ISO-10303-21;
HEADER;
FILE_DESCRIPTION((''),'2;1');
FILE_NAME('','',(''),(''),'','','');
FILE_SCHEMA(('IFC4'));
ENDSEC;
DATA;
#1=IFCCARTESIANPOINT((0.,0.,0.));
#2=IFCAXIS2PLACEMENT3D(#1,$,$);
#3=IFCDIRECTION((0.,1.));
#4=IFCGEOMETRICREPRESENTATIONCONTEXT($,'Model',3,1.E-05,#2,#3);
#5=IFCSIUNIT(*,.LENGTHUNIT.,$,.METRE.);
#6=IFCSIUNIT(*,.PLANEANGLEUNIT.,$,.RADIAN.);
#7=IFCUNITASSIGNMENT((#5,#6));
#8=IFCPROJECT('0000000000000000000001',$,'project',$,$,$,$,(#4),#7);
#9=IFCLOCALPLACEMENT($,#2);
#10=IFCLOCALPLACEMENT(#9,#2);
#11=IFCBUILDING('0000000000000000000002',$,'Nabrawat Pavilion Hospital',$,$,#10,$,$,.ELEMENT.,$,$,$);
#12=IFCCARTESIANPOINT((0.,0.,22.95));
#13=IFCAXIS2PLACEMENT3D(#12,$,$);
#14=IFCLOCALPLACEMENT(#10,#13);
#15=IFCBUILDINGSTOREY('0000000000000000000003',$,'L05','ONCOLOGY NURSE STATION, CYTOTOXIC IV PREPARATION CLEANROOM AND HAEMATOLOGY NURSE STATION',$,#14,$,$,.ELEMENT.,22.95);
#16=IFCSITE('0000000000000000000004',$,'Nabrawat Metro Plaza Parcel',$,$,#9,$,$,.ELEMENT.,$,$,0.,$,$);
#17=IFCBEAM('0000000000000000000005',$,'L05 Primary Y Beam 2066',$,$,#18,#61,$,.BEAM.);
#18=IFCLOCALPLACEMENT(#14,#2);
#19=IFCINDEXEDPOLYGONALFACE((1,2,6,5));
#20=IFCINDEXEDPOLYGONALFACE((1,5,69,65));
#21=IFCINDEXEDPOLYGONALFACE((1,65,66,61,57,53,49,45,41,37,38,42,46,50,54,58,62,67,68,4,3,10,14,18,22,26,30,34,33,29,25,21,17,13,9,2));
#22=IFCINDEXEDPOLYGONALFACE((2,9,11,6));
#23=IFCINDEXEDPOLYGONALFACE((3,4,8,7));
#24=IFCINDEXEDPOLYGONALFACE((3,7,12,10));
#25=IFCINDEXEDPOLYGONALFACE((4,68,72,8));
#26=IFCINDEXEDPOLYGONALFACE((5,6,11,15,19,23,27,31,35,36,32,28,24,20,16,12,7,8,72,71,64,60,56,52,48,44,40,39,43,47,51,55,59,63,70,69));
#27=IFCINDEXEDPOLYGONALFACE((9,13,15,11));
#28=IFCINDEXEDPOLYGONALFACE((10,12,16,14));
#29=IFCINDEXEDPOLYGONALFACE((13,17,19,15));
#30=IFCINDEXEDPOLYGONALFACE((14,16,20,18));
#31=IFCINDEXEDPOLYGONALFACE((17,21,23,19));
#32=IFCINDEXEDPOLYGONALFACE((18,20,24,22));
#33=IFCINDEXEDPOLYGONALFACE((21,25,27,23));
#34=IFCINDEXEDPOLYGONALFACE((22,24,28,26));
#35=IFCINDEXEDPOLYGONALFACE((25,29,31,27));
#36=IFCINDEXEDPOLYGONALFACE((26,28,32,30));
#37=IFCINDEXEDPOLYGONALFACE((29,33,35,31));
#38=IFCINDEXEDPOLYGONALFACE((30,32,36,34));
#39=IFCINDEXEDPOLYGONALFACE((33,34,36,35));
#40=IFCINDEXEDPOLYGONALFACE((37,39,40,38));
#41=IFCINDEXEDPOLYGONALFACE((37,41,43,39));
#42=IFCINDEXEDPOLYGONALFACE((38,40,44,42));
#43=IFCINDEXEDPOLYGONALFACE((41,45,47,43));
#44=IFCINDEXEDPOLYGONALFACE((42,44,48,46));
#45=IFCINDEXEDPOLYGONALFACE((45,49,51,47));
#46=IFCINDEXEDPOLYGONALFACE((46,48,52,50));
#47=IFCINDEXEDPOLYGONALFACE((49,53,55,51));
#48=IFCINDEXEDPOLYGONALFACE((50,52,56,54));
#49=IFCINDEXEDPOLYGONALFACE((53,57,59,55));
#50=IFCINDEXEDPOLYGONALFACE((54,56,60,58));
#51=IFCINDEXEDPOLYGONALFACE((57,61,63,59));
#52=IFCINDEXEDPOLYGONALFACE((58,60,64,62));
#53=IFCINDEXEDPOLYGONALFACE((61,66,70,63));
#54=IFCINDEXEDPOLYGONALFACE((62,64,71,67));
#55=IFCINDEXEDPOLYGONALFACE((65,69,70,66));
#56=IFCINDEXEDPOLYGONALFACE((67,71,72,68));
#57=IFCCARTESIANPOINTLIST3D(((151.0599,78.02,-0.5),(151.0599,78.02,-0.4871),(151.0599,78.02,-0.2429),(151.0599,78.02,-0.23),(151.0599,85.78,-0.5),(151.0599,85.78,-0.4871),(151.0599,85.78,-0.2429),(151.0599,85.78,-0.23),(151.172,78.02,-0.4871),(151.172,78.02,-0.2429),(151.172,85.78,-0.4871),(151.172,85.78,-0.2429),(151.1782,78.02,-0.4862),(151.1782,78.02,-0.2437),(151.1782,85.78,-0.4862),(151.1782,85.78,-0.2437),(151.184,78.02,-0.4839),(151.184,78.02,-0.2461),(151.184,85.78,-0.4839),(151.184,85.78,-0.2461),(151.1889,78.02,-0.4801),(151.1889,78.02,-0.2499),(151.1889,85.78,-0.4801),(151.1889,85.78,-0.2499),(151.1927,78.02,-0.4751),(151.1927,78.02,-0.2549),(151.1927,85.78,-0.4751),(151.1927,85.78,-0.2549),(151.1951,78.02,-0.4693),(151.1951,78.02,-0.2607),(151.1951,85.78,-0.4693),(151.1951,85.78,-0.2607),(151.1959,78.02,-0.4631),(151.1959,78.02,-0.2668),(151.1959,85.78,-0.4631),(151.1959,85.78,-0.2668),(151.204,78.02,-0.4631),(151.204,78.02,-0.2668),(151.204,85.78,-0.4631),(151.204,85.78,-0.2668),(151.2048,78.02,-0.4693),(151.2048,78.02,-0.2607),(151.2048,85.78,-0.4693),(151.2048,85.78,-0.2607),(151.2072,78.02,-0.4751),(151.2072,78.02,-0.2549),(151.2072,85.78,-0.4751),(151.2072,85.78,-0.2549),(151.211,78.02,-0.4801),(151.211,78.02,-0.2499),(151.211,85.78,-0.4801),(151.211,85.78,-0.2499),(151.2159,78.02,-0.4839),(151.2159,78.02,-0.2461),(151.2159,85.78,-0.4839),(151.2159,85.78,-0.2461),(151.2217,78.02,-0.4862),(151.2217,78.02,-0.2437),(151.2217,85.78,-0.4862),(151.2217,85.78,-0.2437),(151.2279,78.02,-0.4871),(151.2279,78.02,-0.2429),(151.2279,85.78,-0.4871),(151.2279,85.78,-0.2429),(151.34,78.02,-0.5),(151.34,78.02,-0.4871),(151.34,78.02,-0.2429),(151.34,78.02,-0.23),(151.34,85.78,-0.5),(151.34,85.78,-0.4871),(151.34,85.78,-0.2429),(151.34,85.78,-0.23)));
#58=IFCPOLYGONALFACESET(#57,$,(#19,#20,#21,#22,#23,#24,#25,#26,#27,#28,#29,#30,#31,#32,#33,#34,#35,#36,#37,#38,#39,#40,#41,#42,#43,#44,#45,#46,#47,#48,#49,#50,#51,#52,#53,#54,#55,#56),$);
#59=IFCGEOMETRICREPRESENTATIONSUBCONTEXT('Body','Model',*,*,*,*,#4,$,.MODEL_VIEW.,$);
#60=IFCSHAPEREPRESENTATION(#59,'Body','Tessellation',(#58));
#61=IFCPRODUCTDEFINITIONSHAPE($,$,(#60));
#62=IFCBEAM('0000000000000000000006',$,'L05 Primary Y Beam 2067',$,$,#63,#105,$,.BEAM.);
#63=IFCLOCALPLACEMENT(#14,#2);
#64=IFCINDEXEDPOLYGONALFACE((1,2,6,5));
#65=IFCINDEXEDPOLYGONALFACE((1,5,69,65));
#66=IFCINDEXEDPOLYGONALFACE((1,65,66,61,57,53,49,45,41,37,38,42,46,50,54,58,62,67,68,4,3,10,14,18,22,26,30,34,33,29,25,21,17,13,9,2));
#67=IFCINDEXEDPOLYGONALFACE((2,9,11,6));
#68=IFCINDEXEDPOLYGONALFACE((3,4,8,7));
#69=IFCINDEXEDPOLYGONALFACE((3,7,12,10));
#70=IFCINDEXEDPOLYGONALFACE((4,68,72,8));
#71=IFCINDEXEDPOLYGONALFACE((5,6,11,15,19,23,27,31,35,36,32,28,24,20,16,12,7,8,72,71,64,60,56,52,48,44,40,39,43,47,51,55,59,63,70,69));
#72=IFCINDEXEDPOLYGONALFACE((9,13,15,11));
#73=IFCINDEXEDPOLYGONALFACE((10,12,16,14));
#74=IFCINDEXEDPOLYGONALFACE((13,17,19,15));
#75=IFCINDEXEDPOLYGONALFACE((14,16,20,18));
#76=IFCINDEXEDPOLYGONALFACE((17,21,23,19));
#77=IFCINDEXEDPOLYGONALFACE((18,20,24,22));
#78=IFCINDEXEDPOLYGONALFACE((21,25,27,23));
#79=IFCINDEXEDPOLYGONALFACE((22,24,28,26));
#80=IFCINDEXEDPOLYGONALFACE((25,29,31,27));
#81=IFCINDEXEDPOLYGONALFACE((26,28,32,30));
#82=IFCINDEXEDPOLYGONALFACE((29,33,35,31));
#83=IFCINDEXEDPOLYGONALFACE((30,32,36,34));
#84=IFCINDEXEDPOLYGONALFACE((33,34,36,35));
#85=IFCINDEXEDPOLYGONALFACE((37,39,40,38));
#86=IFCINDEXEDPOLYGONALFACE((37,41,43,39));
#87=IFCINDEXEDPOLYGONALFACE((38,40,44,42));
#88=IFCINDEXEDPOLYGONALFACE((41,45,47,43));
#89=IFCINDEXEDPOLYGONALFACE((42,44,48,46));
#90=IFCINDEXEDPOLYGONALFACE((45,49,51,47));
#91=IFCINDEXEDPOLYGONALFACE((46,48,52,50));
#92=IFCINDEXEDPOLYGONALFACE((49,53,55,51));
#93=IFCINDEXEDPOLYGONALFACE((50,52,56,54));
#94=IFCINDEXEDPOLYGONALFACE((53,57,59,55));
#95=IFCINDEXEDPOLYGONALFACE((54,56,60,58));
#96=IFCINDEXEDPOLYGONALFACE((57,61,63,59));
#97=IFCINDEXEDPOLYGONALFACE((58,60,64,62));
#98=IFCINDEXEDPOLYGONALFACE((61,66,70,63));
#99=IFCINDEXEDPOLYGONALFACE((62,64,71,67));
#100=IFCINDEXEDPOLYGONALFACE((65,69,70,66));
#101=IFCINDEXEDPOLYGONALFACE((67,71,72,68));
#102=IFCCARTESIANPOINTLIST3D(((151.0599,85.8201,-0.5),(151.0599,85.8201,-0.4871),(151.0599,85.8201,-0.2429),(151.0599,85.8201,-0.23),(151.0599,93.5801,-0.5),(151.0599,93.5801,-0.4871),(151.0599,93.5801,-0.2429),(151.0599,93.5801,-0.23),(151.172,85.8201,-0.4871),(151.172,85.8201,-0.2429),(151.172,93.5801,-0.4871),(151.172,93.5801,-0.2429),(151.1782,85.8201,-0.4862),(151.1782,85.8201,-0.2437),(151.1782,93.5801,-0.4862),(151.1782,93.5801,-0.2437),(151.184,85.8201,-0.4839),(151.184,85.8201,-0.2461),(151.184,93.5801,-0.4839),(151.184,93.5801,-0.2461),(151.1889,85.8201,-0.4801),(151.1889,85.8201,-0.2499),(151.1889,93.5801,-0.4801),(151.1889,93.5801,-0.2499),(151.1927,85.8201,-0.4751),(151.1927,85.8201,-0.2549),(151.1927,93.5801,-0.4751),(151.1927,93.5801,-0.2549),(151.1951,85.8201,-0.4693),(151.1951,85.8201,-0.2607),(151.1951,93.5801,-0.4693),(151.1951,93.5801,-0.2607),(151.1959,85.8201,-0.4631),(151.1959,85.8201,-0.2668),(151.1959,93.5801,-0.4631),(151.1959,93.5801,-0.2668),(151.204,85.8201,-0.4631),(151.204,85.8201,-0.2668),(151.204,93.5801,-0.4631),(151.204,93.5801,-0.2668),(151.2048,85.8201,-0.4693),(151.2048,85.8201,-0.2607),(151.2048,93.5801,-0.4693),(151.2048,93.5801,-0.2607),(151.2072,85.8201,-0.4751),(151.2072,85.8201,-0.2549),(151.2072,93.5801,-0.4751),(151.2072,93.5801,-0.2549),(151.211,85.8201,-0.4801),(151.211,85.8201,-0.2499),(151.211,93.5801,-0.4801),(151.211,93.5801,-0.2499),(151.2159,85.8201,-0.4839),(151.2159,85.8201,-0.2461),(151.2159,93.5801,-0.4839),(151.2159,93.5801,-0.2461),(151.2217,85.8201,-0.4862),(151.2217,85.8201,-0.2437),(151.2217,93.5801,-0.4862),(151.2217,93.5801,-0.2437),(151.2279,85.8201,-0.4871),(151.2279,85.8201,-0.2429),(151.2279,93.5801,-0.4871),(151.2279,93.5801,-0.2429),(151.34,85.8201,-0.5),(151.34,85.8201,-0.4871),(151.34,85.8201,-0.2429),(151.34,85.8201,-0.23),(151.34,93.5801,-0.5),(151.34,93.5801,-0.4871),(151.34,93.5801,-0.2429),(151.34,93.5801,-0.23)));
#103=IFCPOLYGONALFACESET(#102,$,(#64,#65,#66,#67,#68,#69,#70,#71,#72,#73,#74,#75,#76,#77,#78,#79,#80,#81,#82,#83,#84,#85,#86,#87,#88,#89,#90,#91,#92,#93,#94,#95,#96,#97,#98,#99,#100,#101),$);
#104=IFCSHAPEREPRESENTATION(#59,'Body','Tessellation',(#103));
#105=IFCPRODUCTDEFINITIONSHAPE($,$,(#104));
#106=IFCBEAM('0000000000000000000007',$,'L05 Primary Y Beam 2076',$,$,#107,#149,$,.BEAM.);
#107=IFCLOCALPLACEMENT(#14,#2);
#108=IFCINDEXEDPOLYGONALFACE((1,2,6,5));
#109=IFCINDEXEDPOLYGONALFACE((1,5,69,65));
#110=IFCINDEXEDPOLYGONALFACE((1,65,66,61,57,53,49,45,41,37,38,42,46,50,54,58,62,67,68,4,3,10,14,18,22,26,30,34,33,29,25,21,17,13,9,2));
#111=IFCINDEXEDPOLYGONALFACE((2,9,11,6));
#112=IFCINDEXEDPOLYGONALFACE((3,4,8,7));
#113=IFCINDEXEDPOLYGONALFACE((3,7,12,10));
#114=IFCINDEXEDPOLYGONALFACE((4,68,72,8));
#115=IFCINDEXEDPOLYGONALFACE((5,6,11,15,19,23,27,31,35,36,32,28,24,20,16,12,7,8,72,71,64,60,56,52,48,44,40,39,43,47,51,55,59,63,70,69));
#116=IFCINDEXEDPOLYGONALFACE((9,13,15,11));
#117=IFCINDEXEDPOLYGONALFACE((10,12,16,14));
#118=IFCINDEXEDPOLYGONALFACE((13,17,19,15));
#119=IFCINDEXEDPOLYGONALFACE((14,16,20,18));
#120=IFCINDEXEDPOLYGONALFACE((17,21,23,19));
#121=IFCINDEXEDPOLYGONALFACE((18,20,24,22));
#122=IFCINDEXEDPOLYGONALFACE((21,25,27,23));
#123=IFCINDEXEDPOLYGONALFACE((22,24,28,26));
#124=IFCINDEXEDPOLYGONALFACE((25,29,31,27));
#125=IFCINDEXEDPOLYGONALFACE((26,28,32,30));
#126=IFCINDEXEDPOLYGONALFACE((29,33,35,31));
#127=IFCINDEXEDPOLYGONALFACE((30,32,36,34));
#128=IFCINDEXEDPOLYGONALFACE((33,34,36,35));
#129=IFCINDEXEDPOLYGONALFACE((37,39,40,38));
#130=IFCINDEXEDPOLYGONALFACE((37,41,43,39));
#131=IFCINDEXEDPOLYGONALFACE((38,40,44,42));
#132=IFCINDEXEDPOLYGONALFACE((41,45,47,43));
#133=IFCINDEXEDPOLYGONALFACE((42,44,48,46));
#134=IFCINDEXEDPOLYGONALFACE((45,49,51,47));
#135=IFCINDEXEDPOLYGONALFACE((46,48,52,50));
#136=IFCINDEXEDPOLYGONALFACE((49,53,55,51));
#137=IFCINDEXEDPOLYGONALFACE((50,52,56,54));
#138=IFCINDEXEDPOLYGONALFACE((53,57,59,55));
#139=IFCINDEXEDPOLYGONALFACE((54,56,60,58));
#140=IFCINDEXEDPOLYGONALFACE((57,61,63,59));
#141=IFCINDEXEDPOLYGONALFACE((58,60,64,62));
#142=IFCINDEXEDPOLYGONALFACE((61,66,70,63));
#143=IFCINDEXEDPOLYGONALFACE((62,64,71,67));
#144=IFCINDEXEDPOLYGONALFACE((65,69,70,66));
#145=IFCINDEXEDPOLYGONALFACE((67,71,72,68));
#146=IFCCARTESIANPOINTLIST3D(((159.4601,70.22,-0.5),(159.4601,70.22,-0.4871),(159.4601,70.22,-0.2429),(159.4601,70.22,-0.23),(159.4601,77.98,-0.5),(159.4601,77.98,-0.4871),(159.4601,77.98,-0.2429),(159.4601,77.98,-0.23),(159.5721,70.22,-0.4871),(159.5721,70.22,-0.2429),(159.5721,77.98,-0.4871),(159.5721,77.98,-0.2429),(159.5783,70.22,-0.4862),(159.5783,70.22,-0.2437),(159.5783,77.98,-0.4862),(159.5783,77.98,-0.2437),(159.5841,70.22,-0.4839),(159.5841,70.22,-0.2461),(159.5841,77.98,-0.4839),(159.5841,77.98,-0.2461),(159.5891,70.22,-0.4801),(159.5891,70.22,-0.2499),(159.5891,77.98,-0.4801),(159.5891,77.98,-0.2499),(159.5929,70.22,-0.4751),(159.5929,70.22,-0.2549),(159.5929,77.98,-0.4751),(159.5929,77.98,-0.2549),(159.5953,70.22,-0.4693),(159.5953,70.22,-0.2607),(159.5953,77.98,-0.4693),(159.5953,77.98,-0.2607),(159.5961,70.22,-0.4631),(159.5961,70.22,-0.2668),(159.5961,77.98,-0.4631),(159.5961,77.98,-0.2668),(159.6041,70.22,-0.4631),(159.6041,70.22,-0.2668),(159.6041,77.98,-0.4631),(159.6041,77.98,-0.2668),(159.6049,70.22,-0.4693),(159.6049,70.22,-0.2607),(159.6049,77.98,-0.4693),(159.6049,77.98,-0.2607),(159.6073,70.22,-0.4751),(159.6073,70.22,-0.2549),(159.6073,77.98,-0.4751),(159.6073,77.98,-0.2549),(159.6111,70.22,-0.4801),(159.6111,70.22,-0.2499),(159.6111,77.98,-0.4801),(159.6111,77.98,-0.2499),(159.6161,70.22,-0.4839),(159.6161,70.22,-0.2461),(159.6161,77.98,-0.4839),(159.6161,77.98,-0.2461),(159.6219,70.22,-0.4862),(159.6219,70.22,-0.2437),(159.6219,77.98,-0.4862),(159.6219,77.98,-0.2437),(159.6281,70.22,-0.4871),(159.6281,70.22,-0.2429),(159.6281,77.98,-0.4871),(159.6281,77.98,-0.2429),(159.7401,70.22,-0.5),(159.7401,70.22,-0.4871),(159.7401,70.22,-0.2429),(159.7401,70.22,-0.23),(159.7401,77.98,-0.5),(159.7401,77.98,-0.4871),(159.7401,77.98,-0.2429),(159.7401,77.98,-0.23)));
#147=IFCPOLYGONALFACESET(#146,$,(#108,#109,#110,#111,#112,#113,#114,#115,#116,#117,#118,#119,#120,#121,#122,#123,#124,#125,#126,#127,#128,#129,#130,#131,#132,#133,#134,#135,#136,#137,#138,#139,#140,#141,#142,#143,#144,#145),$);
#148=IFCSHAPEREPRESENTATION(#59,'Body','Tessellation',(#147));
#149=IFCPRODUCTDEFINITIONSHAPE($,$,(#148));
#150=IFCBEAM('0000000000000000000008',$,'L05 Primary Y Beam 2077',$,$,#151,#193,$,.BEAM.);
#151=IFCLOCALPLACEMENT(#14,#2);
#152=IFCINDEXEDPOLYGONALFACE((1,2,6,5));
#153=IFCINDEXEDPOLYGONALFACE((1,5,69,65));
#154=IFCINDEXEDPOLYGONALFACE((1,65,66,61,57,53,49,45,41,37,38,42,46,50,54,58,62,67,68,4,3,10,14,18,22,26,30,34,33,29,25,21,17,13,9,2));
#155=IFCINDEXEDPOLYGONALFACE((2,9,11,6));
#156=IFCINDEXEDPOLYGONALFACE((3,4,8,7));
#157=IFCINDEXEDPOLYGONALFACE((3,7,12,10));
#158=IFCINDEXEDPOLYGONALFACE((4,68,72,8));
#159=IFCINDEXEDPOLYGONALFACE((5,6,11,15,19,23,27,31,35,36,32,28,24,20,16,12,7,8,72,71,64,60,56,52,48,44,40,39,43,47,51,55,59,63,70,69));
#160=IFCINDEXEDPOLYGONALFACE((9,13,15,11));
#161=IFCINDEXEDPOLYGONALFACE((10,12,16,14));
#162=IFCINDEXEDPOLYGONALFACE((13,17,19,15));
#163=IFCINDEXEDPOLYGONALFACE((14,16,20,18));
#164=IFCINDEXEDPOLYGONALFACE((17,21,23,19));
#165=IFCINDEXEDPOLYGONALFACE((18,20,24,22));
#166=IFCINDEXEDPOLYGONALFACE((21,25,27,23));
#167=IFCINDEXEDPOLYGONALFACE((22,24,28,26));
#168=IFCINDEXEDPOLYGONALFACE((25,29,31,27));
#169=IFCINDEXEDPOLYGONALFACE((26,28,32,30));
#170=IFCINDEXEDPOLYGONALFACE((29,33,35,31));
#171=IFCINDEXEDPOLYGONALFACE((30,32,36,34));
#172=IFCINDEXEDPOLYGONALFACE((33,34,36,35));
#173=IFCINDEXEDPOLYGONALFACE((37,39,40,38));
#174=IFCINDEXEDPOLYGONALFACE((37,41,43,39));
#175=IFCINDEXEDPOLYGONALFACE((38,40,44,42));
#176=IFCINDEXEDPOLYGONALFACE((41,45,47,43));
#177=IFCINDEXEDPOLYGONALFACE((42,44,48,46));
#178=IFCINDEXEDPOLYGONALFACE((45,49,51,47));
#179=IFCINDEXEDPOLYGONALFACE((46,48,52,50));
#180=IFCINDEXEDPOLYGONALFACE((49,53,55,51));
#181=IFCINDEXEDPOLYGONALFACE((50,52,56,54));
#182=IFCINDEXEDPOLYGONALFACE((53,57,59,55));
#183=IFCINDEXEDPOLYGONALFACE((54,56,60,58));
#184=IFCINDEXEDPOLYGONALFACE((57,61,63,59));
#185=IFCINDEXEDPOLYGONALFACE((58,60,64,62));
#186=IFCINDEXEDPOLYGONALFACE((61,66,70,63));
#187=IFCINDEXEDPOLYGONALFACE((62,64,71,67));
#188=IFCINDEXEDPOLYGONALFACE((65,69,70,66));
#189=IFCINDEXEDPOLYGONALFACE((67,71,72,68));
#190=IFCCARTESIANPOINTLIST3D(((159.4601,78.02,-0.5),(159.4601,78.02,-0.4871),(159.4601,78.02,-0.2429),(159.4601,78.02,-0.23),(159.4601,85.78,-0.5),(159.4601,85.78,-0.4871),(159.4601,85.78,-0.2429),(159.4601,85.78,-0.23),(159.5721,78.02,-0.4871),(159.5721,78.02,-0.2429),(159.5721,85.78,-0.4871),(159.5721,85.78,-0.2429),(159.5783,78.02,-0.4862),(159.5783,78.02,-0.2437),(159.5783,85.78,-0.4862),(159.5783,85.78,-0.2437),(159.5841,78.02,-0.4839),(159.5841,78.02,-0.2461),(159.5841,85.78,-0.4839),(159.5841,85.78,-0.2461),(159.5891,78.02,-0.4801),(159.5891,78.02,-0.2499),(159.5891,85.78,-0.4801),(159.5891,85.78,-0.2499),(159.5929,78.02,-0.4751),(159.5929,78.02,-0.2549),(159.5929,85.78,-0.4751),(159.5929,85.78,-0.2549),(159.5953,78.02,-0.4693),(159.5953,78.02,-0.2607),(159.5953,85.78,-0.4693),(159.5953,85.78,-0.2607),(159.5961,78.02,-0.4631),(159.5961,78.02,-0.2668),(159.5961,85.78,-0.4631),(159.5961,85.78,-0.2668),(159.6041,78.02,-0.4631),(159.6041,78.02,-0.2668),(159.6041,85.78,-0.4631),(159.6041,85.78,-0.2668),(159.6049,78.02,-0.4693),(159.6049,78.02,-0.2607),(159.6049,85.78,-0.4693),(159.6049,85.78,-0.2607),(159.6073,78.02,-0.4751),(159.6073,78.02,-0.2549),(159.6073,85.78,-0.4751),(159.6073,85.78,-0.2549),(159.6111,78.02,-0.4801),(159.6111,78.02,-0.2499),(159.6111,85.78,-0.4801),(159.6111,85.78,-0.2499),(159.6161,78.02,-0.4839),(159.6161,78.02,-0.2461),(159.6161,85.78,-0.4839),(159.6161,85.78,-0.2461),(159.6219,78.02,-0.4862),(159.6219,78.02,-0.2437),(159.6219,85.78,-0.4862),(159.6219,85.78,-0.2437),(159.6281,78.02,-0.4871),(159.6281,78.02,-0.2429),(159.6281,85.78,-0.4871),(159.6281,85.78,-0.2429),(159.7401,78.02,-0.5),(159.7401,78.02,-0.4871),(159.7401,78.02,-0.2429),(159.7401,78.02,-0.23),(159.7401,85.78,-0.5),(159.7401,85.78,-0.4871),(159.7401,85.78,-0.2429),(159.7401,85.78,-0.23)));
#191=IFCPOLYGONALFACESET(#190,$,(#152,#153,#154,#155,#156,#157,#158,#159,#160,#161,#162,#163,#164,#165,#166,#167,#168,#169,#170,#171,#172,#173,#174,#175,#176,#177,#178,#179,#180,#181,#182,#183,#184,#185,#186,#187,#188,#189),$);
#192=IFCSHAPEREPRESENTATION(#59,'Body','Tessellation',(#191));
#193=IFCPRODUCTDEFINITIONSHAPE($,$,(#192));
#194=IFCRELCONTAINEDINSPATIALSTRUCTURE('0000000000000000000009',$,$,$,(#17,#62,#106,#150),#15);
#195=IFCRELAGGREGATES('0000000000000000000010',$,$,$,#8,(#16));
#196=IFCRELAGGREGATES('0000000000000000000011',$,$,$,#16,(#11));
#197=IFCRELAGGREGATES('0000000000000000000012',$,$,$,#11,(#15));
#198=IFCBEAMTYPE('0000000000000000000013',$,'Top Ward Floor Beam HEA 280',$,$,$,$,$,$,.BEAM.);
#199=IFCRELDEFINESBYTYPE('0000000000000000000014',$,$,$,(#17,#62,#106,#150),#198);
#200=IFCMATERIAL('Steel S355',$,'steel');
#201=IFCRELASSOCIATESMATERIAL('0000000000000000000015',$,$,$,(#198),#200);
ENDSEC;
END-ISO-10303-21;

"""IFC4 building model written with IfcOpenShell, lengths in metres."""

from ifc_helpers import new_model, si_unit, direction, frame, origin, origin_2d, place, context, subcontext, project, spatial, i_section, extrude, material, material_profile, profile_set, type_object, element, save


model = new_model("IFC4")

# Units and contexts
model_context = context("Model", 3, precision=1e-05, world=origin(), true_north=direction((0.0, 1.0)))
body_context = subcontext(model_context, "Body", "Model", "MODEL_VIEW")
ifc_project = project(units=[si_unit("LENGTHUNIT", "METRE"), si_unit("PLANEANGLEUNIT", "RADIAN")], contexts=[model_context])

# Site, building, storey
site_placement = place(None, origin())
site = spatial("IfcSite", under=ifc_project, at=site_placement, Name="Nabrawat Metro Plaza Parcel", CompositionType="ELEMENT", RefElevation=0.0)
building_placement = place(site_placement, origin())
building = spatial("IfcBuilding", under=site, at=building_placement, Name="Nabrawat Pavilion Hospital", CompositionType="ELEMENT")
storey_placement = place(building_placement, frame((0.0, 0.0, 22.95)))
storey = spatial("IfcBuildingStorey", under=building, at=storey_placement, Name="L05", Description="ONCOLOGY NURSE STATION, CYTOTOXIC IV PREPARATION CLEANROOM AND HAEMATOLOGY NURSE STATION", CompositionType="ELEMENT", Elevation=22.95)

# Beams
ifc_material_1 = material(Name="Steel S355", Category="steel")
ifc_material_profile_1 = material_profile(ifc_material_1, i_section(OverallWidth=0.28, OverallDepth=0.27, WebThickness=0.0081, FlangeThickness=0.0129, FilletRadius=0.0239, at=origin_2d()), Name="HEA 280")
ifc_profile_set_1 = profile_set([ifc_material_profile_1], Name="Steel S355")
beam_type_1 = type_object("IfcBeamType", Name="Top Ward Floor Beam HEA 280", PredefinedType="BEAM", material=ifc_profile_set_1)
for number, where, z_axis, x_axis, name in (
    (1, (151.2, 78.02, -0.365), (0.0, 1.0, 0.0), (-1.0, 0.0, 0.0), "L05 Primary Y Beam 2066"),
    (2, (151.2, 85.8201, -0.365), (0.0, 1.0, 0.0), (-1.0, 0.0, 0.0), "L05 Primary Y Beam 2067"),
    (3, (159.6001, 70.22, -0.365), (0.0, 1.0, 0.0), (-1.0, 0.0, 0.0), "L05 Primary Y Beam 2076"),
    (4, (159.6001, 78.02, -0.365), (0.0, 1.0, 0.0), (-1.0, 0.0, 0.0), "L05 Primary Y Beam 2077"),
):
    element("IfcBeam", number, at=place(storey_placement, frame(where, z_axis=z_axis, x_axis=x_axis)), inside=storey, type_object=beam_type_1, Name=name, PredefinedType="BEAM", context=body_context, shape_type="SweptSolid", body=[
        extrude(i_section(OverallWidth=0.28, OverallDepth=0.27, WebThickness=0.0081, FlangeThickness=0.0129, FilletRadius=0.0239, at=origin_2d()), origin(), (0.0, 0.0, 1.0), 7.76),
    ])

save(model, "model.ifc")
